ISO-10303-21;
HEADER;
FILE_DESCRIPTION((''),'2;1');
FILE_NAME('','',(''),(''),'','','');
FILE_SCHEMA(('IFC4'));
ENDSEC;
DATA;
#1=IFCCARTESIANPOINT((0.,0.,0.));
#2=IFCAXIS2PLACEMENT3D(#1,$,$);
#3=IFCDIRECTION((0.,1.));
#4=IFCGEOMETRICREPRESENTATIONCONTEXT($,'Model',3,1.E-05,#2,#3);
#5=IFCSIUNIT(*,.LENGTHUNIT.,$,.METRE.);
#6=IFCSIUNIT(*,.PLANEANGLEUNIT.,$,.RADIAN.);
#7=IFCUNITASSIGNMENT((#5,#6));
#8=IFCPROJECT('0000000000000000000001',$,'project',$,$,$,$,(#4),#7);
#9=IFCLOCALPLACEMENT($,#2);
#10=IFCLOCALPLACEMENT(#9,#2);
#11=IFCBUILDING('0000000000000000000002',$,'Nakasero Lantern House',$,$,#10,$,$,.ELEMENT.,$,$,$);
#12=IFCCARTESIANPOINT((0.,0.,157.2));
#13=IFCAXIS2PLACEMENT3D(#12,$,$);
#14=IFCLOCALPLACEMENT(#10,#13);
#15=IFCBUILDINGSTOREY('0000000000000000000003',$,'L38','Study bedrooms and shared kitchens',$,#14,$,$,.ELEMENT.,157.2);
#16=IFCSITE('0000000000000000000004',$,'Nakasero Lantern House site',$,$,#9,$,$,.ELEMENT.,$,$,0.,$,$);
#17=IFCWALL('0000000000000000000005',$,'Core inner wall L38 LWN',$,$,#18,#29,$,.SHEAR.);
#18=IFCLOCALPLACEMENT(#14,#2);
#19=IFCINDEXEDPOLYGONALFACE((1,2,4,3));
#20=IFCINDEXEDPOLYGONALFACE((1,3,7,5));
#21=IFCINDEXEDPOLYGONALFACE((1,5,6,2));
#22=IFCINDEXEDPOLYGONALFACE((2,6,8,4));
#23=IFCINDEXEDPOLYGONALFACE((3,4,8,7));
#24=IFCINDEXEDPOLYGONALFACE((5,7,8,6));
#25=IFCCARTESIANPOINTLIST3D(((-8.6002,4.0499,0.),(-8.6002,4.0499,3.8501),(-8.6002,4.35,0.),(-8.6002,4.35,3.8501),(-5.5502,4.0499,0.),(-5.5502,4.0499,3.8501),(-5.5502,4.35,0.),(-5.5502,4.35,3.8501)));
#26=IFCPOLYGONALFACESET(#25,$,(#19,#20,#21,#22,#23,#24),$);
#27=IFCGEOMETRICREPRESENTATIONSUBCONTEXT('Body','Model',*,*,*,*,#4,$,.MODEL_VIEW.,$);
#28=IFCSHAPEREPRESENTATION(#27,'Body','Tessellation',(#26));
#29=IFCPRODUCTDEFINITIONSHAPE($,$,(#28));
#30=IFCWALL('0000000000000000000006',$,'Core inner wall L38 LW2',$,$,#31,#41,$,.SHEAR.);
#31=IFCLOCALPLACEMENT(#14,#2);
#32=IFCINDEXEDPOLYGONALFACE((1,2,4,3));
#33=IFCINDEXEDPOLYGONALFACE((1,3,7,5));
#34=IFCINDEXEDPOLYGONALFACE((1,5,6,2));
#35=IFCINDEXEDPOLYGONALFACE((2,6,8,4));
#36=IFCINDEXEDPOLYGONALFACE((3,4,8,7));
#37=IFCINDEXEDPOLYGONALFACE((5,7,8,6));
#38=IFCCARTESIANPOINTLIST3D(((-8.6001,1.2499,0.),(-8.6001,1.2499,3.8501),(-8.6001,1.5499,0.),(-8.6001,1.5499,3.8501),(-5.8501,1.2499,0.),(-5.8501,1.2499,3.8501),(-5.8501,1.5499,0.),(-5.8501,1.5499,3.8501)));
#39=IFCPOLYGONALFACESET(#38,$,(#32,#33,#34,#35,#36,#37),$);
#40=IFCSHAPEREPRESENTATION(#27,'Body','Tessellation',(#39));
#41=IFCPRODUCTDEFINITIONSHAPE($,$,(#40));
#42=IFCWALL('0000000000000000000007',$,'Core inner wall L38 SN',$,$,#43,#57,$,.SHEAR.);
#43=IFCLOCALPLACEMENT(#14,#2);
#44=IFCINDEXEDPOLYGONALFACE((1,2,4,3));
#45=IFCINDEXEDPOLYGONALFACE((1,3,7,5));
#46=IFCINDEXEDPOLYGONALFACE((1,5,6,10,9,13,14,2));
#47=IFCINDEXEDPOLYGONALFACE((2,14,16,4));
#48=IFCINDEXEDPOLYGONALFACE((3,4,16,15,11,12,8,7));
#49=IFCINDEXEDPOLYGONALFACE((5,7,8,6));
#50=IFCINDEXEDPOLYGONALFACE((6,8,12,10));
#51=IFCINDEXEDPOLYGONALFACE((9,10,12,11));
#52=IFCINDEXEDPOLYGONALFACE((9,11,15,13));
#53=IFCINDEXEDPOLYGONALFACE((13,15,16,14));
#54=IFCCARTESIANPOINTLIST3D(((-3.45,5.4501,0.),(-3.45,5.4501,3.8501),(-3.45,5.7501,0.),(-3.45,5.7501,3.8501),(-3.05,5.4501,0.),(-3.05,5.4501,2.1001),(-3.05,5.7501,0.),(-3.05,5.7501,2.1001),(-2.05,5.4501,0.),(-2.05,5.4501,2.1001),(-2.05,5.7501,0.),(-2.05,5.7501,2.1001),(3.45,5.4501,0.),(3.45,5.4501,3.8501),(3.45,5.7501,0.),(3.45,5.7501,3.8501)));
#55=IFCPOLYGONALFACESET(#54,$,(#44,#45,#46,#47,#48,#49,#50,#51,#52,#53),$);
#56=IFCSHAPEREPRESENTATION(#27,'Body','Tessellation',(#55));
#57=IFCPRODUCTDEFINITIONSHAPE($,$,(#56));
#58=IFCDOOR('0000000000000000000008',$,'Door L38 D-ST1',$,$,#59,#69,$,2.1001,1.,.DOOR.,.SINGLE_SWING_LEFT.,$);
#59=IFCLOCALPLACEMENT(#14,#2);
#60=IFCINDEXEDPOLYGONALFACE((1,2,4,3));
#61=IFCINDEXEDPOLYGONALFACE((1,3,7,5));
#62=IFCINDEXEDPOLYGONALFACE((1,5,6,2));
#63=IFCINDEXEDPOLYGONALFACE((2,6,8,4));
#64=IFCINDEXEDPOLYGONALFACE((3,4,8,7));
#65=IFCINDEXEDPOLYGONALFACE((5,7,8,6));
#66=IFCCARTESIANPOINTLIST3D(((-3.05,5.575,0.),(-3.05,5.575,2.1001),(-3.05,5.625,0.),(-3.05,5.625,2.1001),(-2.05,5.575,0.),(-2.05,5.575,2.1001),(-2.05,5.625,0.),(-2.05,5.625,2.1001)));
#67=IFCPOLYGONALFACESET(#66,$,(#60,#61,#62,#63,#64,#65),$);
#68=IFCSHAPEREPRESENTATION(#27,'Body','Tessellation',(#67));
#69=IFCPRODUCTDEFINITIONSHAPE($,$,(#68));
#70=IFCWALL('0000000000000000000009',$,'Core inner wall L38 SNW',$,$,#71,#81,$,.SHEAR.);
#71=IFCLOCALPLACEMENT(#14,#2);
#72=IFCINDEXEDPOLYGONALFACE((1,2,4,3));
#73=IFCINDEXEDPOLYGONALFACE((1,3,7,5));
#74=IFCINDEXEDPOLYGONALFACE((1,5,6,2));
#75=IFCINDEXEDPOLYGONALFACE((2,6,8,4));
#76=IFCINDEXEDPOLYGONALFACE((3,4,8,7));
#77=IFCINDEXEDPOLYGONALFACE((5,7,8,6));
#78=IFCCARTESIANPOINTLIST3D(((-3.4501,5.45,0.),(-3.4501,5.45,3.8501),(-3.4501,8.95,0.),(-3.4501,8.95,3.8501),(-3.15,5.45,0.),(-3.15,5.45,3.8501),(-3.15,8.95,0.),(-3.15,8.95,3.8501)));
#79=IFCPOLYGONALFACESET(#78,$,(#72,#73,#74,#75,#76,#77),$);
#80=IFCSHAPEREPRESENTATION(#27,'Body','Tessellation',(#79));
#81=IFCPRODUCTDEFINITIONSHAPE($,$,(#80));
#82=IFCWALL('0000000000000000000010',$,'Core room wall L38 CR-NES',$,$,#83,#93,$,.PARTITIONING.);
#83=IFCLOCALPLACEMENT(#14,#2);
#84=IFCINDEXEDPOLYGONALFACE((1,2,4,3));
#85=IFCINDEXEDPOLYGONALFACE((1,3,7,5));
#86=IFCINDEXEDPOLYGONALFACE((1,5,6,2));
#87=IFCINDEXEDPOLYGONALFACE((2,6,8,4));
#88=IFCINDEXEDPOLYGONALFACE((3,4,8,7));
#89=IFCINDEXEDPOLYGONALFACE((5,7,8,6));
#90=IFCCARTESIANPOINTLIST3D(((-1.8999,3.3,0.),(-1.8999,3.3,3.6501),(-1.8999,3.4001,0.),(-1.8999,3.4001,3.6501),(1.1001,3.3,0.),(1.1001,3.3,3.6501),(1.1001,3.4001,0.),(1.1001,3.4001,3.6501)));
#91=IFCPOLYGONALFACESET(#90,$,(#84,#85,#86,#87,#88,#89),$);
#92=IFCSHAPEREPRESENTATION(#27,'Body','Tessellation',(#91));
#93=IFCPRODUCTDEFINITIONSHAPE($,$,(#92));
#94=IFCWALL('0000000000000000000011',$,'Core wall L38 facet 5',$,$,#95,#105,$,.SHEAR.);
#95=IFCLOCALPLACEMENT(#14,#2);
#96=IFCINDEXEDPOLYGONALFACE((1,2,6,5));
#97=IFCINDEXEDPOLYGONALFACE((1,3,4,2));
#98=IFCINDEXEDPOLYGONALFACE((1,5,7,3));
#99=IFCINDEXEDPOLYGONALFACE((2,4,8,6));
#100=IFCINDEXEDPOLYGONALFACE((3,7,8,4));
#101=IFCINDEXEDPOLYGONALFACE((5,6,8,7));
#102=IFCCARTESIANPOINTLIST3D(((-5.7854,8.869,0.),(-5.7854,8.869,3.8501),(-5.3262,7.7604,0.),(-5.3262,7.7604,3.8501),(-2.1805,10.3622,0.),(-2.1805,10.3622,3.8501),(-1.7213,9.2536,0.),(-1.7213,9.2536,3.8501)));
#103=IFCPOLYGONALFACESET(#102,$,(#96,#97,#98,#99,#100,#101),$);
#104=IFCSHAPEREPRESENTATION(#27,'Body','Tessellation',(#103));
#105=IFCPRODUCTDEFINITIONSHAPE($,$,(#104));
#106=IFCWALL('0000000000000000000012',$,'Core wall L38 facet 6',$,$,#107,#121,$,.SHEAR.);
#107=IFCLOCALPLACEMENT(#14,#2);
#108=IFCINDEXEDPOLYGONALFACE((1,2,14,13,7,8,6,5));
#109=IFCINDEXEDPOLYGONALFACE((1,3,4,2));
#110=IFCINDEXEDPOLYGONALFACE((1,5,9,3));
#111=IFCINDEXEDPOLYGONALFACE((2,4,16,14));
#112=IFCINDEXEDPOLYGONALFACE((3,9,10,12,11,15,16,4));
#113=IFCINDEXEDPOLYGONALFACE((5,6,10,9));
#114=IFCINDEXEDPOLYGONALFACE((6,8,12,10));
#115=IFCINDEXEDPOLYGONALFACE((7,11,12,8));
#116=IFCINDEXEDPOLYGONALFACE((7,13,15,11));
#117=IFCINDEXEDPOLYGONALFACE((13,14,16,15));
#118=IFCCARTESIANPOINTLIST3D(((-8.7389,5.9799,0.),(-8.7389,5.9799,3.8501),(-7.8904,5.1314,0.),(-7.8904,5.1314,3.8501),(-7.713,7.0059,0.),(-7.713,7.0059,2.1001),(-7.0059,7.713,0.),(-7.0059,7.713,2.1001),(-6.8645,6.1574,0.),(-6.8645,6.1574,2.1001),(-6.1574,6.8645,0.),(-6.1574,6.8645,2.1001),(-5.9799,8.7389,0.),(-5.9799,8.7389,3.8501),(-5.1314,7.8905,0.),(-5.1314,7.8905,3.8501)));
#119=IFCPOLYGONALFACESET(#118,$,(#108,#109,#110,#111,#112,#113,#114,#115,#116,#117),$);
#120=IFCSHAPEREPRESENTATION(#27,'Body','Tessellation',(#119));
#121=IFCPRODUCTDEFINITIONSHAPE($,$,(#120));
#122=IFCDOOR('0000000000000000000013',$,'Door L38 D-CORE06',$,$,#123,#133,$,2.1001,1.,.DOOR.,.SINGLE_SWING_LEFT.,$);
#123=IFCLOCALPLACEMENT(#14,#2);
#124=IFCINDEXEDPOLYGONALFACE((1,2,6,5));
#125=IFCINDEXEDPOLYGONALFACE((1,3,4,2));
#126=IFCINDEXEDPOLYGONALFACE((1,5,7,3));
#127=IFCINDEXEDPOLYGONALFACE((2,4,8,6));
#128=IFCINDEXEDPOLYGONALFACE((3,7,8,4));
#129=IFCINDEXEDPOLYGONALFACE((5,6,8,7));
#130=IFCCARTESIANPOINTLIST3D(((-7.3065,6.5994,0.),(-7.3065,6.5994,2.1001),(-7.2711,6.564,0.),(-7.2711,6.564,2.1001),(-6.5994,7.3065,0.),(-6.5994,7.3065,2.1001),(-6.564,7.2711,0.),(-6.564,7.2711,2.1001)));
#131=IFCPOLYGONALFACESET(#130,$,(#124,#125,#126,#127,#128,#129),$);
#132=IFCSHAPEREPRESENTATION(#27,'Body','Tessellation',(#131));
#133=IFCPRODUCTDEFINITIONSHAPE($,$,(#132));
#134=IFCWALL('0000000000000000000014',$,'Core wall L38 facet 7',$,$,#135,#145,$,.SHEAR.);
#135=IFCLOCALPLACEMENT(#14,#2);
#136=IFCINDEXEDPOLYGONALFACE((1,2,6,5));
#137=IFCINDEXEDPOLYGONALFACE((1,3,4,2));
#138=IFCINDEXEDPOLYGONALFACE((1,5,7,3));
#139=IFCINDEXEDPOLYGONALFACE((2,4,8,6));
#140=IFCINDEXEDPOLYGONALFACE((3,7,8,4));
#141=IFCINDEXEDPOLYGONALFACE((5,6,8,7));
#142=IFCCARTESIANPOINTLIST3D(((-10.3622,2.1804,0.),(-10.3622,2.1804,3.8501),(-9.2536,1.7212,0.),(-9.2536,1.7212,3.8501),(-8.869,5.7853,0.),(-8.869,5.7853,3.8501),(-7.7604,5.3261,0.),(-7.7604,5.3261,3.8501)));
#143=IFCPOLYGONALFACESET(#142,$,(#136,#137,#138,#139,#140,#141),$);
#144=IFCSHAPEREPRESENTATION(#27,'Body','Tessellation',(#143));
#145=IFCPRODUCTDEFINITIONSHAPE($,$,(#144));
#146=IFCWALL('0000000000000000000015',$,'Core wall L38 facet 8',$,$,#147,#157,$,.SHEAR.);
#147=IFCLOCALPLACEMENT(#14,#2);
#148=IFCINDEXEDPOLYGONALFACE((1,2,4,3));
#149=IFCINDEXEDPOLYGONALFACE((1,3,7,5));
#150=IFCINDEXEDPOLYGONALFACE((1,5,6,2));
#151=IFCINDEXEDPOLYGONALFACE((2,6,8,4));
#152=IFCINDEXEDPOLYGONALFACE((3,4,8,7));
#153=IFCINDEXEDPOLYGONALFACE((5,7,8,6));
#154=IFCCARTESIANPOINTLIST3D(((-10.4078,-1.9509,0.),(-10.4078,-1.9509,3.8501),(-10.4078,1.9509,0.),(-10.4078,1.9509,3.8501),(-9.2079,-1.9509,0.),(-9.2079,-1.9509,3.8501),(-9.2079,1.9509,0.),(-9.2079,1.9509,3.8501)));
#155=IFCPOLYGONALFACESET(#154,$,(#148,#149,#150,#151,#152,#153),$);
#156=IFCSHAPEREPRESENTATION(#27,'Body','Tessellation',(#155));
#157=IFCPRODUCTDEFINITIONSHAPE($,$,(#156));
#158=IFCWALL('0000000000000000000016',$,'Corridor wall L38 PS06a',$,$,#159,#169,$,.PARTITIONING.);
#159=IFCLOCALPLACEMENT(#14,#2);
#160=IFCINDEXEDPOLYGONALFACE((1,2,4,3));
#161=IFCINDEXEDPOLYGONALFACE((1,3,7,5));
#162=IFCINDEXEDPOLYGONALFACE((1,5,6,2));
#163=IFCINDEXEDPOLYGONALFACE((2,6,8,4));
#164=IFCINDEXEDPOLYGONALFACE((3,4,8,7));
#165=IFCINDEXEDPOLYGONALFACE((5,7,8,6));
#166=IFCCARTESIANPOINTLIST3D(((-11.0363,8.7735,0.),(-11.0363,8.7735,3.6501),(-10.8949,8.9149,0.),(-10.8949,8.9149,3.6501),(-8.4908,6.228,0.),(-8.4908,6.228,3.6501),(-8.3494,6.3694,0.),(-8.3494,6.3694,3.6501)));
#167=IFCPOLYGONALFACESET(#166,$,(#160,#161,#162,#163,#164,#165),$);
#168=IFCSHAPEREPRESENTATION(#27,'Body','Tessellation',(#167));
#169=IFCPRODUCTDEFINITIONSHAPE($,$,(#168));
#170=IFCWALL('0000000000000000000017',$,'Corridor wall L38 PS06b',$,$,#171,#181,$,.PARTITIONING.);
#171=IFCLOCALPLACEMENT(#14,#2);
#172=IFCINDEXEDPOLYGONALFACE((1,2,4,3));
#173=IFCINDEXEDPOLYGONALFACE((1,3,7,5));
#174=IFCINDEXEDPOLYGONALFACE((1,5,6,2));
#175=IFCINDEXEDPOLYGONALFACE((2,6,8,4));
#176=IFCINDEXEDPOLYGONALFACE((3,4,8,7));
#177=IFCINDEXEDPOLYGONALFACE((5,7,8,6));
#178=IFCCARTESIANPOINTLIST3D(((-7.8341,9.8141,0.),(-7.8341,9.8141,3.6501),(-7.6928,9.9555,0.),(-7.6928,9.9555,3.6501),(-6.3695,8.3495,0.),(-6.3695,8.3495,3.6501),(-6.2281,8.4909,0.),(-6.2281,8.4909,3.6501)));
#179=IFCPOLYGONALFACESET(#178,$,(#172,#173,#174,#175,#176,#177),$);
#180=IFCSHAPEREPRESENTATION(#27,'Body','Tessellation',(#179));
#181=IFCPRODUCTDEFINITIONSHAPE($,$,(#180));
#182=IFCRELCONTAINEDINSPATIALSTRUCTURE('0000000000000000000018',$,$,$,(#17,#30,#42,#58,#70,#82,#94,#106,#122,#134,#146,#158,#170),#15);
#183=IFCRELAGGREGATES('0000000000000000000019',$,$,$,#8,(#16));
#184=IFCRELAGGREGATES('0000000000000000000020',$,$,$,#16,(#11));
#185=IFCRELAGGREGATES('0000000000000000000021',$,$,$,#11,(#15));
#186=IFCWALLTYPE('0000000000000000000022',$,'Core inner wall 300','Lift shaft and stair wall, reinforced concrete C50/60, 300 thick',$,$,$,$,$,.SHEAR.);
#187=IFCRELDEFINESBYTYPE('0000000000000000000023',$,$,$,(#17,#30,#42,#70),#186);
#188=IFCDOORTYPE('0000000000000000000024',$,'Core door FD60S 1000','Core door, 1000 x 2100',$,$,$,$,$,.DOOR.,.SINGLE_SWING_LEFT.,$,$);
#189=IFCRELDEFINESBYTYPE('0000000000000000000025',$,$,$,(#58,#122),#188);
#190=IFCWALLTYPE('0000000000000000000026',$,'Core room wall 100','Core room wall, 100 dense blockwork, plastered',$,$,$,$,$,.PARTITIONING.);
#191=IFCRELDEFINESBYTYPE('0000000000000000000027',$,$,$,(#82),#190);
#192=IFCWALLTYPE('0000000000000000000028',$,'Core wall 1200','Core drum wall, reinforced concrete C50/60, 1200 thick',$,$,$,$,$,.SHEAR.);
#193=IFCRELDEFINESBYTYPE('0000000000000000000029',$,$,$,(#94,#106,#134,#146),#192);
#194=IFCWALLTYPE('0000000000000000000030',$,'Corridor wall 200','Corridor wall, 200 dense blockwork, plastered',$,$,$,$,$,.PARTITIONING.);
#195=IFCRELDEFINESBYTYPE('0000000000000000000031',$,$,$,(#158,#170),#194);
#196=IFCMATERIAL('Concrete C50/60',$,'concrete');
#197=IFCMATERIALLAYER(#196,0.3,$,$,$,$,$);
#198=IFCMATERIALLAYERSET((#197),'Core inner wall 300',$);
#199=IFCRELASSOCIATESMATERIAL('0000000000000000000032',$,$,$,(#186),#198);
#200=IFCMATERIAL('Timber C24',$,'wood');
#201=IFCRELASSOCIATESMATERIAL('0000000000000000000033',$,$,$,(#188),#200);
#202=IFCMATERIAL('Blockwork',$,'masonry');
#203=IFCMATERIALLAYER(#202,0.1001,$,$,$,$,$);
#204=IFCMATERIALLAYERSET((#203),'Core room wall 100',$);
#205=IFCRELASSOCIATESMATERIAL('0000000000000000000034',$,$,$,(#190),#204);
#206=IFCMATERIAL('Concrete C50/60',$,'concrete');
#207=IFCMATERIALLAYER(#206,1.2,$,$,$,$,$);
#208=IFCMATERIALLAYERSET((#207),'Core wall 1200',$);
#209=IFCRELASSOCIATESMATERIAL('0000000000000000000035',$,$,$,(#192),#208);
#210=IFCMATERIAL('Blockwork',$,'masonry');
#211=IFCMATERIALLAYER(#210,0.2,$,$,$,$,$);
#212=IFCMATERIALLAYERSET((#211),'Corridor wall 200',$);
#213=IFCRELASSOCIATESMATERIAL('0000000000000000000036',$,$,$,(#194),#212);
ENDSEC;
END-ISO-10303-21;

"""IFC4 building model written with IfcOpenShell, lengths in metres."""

from ifc_helpers import new_model, si_unit, direction, frame, frame_2d, origin, place, context, subcontext, project, spatial, rectangle, extrude, material, layer, layer_set, type_object, element, fill, save


model = new_model("IFC4")

# Units and contexts
model_context = context("Model", 3, precision=1e-05, world=origin(), true_north=direction((0.0, 1.0)))
body_context = subcontext(model_context, "Body", "Model", "MODEL_VIEW")
ifc_project = project(units=[si_unit("LENGTHUNIT", "METRE"), si_unit("PLANEANGLEUNIT", "RADIAN")], contexts=[model_context])

# Site, building, storey
site_placement = place(None, origin())
site = spatial("IfcSite", under=ifc_project, at=site_placement, Name="Nakasero Lantern House site", CompositionType="ELEMENT", RefElevation=0.0)
building_placement = place(site_placement, origin())
building = spatial("IfcBuilding", under=site, at=building_placement, Name="Nakasero Lantern House", CompositionType="ELEMENT")
storey_placement = place(building_placement, frame((0.0, 0.0, 157.2)))
storey = spatial("IfcBuildingStorey", under=building, at=storey_placement, Name="L38", Description="Study bedrooms and shared kitchens", CompositionType="ELEMENT", Elevation=157.2)

# Walls
ifc_material_1 = material(Name="Concrete C50/60", Category="concrete")
ifc_layer_1 = layer(ifc_material_1, 0.3)
ifc_layer_set_1 = layer_set([ifc_layer_1], Name="Core inner wall 300")
wall_type_1 = type_object("IfcWallType", Name="Core inner wall 300", Description="Lift shaft and stair wall, reinforced concrete C50/60, 300 thick", PredefinedType="SHEAR", material=ifc_layer_set_1)
wall_1_placement = place(storey_placement, frame((-8.6001, 4.2, 0.0), z_axis=(0.0, 0.0, 1.0), x_axis=(1.0, 0.0, 0.0)))
element("IfcWall", 1, at=wall_1_placement, inside=storey, type_object=wall_type_1, Name="Core inner wall L38 LWN", PredefinedType="SHEAR", context=body_context, shape_type="SweptSolid", body=[
    extrude(rectangle(XDim=3.05, YDim=0.3, at=frame_2d((1.5249, 0.0))), origin(), (0.0, 0.0, 1.0), 3.8501),
])
wall_2_placement = place(storey_placement, frame((-8.6001, 1.3999, 0.0), z_axis=(0.0, 0.0, 1.0), x_axis=(1.0, 0.0, 0.0)))
element("IfcWall", 2, at=wall_2_placement, inside=storey, type_object=wall_type_1, Name="Core inner wall L38 LW2", PredefinedType="SHEAR", context=body_context, shape_type="SweptSolid", body=[
    extrude(rectangle(XDim=2.75, YDim=0.3, at=frame_2d((1.375, 0.0))), origin(), (0.0, 0.0, 1.0), 3.8501),
])

# Wall, opening, door
wall_3_placement = place(storey_placement, frame((-3.45, 5.6001, 0.0), z_axis=(0.0, 0.0, 1.0), x_axis=(1.0, 0.0, 0.0)))
wall_3 = element("IfcWall", 3, at=wall_3_placement, inside=storey, type_object=wall_type_1, Name="Core inner wall L38 SN", PredefinedType="SHEAR", context=body_context, shape_type="SweptSolid", body=[
    extrude(rectangle(XDim=6.8999, YDim=0.3, at=frame_2d((3.45, 0.0))), origin(), (0.0, 0.0, 1.0), 3.8501),
])
opening_1_placement = place(wall_3_placement, frame((0.3999, 0.0, 0.0)))
opening_1 = element("IfcOpeningElement", 4, at=opening_1_placement, cuts=wall_3, PredefinedType="OPENING", context=body_context, shape_type="SweptSolid", body=[
    extrude(rectangle(XDim=1.0, YDim=2.1001, at=frame_2d((0.5, 1.05))), frame((0.0, 0.1699, 0.0), z_axis=(0.0, -1.0, 0.0), x_axis=(1.0, 0.0, 0.0)), (0.0, 0.0, 1.0), 0.3401),
])
ifc_material_2 = material(Name="Timber C24", Category="wood")
door_type_1 = type_object("IfcDoorType", Name="Core door FD60S 1000", Description="Core door, 1000 x 2100", OperationType="SINGLE_SWING_LEFT", PredefinedType="DOOR", material=ifc_material_2)
door_1_placement = place(opening_1_placement, origin())
door_1 = element("IfcDoor", 5, at=door_1_placement, inside=storey, type_object=door_type_1, Name="Door L38 D-ST1", OperationType="SINGLE_SWING_LEFT", OverallHeight=2.1001, OverallWidth=1.0, PredefinedType="DOOR", context=body_context, shape_type="SweptSolid", body=[
    extrude(rectangle(XDim=1.0, YDim=2.1001, at=frame_2d((0.5, 1.05))), frame((0.0, 0.0249, 0.0), z_axis=(0.0, -1.0, 0.0), x_axis=(1.0, 0.0, 0.0)), (0.0, 0.0, 1.0), 0.05),
])
fill(opening_1, door_1)

# Walls
wall_4_placement = place(storey_placement, frame((-3.3, 5.45, 0.0), z_axis=(0.0, 0.0, 1.0), x_axis=(0.0, 1.0, 0.0)))
element("IfcWall", 6, at=wall_4_placement, inside=storey, type_object=wall_type_1, Name="Core inner wall L38 SNW", PredefinedType="SHEAR", context=body_context, shape_type="SweptSolid", body=[
    extrude(rectangle(XDim=3.5, YDim=0.3, at=frame_2d((1.75, 0.0))), origin(), (0.0, 0.0, 1.0), 3.8501),
])
ifc_material_3 = material(Name="Blockwork", Category="masonry")
ifc_layer_2 = layer(ifc_material_3, 0.1001)
ifc_layer_set_2 = layer_set([ifc_layer_2], Name="Core room wall 100")
wall_type_2 = type_object("IfcWallType", Name="Core room wall 100", Description="Core room wall, 100 dense blockwork, plastered", PredefinedType="PARTITIONING", material=ifc_layer_set_2)
wall_5_placement = place(storey_placement, frame((-1.8999, 3.3501, 0.0), z_axis=(0.0, 0.0, 1.0), x_axis=(1.0, 0.0, 0.0)))
element("IfcWall", 7, at=wall_5_placement, inside=storey, type_object=wall_type_2, Name="Core room wall L38 CR-NES", PredefinedType="PARTITIONING", context=body_context, shape_type="SweptSolid", body=[
    extrude(rectangle(XDim=3.0, YDim=0.1001, at=frame_2d((1.5, 0.0))), origin(), (0.0, 0.0, 1.0), 3.6501),
])
ifc_material_4 = material(Name="Concrete C50/60", Category="concrete")
ifc_layer_3 = layer(ifc_material_4, 1.2)
ifc_layer_set_3 = layer_set([ifc_layer_3], Name="Core wall 1200")
wall_type_3 = type_object("IfcWallType", Name="Core wall 1200", Description="Core drum wall, reinforced concrete C50/60, 1200 thick", PredefinedType="SHEAR", material=ifc_layer_set_3)
wall_6_placement = place(storey_placement, frame((-1.9509, 9.8079, 0.0), z_axis=(0.0, 0.0, 1.0), x_axis=(-0.923877, -0.382691, 0.0)))
element("IfcWall", 8, at=wall_6_placement, inside=storey, type_object=wall_type_3, Name="Core wall L38 facet 5", PredefinedType="SHEAR", context=body_context, shape_type="SweptSolid", body=[
    extrude(rectangle(XDim=3.9019, YDim=1.2, at=frame_2d((1.9509, 0.0))), origin(), (0.0, 0.0, 1.0), 3.8501),
])

# Wall, opening, door
wall_7_placement = place(storey_placement, frame((-5.5557, 8.3147, 0.0), z_axis=(0.0, 0.0, 1.0), x_axis=(-0.707107, -0.707107, 0.0)))
wall_7 = element("IfcWall", 9, at=wall_7_placement, inside=storey, type_object=wall_type_3, Name="Core wall L38 facet 6", PredefinedType="SHEAR", context=body_context, shape_type="SweptSolid", body=[
    extrude(rectangle(XDim=3.9019, YDim=1.2, at=frame_2d((1.9509, 0.0))), origin(), (0.0, 0.0, 1.0), 3.8501),
])
opening_2_placement = place(wall_7_placement, frame((1.4509, 0.0, 0.0)))
opening_2 = element("IfcOpeningElement", 10, at=opening_2_placement, cuts=wall_7, PredefinedType="OPENING", context=body_context, shape_type="SweptSolid", body=[
    extrude(rectangle(XDim=1.0, YDim=2.1001, at=frame_2d((0.5, 1.05))), frame((0.0, 0.6199, 0.0), z_axis=(0.0, -1.0, 0.0), x_axis=(1.0, 0.0, 0.0)), (0.0, 0.0, 1.0), 1.24),
])
door_2_placement = place(opening_2_placement, origin())
door_2 = element("IfcDoor", 11, at=door_2_placement, inside=storey, type_object=door_type_1, Name="Door L38 D-CORE06", OperationType="SINGLE_SWING_LEFT", OverallHeight=2.1001, OverallWidth=1.0, PredefinedType="DOOR", context=body_context, shape_type="SweptSolid", body=[
    extrude(rectangle(XDim=1.0, YDim=2.1001, at=frame_2d((0.5, 1.05))), frame((0.0, 0.0249, 0.0), z_axis=(0.0, -1.0, 0.0), x_axis=(1.0, 0.0, 0.0)), (0.0, 0.0, 1.0), 0.05),
])
fill(opening_2, door_2)

# Walls
for number, where, z_axis, x_axis, name in (
    (12, (-8.3147, 5.5557, 0.0), (0.0, 0.0, 1.0), (-0.382691, -0.923877, 0.0), "Core wall L38 facet 7"),
    (13, (-9.8079, 1.9509, 0.0), (0.0, 0.0, 1.0), (0.0, -1.0, 0.0), "Core wall L38 facet 8"),
):
    element("IfcWall", number, at=place(storey_placement, frame(where, z_axis=z_axis, x_axis=x_axis)), inside=storey, type_object=wall_type_3, Name=name, PredefinedType="SHEAR", context=body_context, shape_type="SweptSolid", body=[
        extrude(rectangle(XDim=3.9019, YDim=1.2, at=frame_2d((1.9509, 0.0))), origin(), (0.0, 0.0, 1.0), 3.8501),
    ])
ifc_material_5 = material(Name="Blockwork", Category="masonry")
ifc_layer_4 = layer(ifc_material_5, 0.2)
ifc_layer_set_4 = layer_set([ifc_layer_4], Name="Corridor wall 200")
wall_type_4 = type_object("IfcWallType", Name="Corridor wall 200", Description="Corridor wall, 200 dense blockwork, plastered", PredefinedType="PARTITIONING", material=ifc_layer_set_4)
wall_8_placement = place(storey_placement, frame((-8.4202, 6.2988, 0.0), z_axis=(0.0, 0.0, 1.0), x_axis=(-0.707107, 0.707107, 0.0)))
element("IfcWall", 14, at=wall_8_placement, inside=storey, type_object=wall_type_4, Name="Corridor wall L38 PS06a", PredefinedType="PARTITIONING", context=body_context, shape_type="SweptSolid", body=[
    extrude(rectangle(XDim=3.5999, YDim=0.2, at=frame_2d((1.7998, 0.0))), origin(), (0.0, 0.0, 1.0), 3.6501),
])
wall_9_placement = place(storey_placement, frame((-6.2988, 8.4202, 0.0), z_axis=(0.0, 0.0, 1.0), x_axis=(-0.707107, 0.707107, 0.0)))
element("IfcWall", 15, at=wall_9_placement, inside=storey, type_object=wall_type_4, Name="Corridor wall L38 PS06b", PredefinedType="PARTITIONING", context=body_context, shape_type="SweptSolid", body=[
    extrude(rectangle(XDim=2.0713, YDim=0.2, at=frame_2d((1.0356, 0.0))), origin(), (0.0, 0.0, 1.0), 3.6501),
])

save(model, "model.ifc")
